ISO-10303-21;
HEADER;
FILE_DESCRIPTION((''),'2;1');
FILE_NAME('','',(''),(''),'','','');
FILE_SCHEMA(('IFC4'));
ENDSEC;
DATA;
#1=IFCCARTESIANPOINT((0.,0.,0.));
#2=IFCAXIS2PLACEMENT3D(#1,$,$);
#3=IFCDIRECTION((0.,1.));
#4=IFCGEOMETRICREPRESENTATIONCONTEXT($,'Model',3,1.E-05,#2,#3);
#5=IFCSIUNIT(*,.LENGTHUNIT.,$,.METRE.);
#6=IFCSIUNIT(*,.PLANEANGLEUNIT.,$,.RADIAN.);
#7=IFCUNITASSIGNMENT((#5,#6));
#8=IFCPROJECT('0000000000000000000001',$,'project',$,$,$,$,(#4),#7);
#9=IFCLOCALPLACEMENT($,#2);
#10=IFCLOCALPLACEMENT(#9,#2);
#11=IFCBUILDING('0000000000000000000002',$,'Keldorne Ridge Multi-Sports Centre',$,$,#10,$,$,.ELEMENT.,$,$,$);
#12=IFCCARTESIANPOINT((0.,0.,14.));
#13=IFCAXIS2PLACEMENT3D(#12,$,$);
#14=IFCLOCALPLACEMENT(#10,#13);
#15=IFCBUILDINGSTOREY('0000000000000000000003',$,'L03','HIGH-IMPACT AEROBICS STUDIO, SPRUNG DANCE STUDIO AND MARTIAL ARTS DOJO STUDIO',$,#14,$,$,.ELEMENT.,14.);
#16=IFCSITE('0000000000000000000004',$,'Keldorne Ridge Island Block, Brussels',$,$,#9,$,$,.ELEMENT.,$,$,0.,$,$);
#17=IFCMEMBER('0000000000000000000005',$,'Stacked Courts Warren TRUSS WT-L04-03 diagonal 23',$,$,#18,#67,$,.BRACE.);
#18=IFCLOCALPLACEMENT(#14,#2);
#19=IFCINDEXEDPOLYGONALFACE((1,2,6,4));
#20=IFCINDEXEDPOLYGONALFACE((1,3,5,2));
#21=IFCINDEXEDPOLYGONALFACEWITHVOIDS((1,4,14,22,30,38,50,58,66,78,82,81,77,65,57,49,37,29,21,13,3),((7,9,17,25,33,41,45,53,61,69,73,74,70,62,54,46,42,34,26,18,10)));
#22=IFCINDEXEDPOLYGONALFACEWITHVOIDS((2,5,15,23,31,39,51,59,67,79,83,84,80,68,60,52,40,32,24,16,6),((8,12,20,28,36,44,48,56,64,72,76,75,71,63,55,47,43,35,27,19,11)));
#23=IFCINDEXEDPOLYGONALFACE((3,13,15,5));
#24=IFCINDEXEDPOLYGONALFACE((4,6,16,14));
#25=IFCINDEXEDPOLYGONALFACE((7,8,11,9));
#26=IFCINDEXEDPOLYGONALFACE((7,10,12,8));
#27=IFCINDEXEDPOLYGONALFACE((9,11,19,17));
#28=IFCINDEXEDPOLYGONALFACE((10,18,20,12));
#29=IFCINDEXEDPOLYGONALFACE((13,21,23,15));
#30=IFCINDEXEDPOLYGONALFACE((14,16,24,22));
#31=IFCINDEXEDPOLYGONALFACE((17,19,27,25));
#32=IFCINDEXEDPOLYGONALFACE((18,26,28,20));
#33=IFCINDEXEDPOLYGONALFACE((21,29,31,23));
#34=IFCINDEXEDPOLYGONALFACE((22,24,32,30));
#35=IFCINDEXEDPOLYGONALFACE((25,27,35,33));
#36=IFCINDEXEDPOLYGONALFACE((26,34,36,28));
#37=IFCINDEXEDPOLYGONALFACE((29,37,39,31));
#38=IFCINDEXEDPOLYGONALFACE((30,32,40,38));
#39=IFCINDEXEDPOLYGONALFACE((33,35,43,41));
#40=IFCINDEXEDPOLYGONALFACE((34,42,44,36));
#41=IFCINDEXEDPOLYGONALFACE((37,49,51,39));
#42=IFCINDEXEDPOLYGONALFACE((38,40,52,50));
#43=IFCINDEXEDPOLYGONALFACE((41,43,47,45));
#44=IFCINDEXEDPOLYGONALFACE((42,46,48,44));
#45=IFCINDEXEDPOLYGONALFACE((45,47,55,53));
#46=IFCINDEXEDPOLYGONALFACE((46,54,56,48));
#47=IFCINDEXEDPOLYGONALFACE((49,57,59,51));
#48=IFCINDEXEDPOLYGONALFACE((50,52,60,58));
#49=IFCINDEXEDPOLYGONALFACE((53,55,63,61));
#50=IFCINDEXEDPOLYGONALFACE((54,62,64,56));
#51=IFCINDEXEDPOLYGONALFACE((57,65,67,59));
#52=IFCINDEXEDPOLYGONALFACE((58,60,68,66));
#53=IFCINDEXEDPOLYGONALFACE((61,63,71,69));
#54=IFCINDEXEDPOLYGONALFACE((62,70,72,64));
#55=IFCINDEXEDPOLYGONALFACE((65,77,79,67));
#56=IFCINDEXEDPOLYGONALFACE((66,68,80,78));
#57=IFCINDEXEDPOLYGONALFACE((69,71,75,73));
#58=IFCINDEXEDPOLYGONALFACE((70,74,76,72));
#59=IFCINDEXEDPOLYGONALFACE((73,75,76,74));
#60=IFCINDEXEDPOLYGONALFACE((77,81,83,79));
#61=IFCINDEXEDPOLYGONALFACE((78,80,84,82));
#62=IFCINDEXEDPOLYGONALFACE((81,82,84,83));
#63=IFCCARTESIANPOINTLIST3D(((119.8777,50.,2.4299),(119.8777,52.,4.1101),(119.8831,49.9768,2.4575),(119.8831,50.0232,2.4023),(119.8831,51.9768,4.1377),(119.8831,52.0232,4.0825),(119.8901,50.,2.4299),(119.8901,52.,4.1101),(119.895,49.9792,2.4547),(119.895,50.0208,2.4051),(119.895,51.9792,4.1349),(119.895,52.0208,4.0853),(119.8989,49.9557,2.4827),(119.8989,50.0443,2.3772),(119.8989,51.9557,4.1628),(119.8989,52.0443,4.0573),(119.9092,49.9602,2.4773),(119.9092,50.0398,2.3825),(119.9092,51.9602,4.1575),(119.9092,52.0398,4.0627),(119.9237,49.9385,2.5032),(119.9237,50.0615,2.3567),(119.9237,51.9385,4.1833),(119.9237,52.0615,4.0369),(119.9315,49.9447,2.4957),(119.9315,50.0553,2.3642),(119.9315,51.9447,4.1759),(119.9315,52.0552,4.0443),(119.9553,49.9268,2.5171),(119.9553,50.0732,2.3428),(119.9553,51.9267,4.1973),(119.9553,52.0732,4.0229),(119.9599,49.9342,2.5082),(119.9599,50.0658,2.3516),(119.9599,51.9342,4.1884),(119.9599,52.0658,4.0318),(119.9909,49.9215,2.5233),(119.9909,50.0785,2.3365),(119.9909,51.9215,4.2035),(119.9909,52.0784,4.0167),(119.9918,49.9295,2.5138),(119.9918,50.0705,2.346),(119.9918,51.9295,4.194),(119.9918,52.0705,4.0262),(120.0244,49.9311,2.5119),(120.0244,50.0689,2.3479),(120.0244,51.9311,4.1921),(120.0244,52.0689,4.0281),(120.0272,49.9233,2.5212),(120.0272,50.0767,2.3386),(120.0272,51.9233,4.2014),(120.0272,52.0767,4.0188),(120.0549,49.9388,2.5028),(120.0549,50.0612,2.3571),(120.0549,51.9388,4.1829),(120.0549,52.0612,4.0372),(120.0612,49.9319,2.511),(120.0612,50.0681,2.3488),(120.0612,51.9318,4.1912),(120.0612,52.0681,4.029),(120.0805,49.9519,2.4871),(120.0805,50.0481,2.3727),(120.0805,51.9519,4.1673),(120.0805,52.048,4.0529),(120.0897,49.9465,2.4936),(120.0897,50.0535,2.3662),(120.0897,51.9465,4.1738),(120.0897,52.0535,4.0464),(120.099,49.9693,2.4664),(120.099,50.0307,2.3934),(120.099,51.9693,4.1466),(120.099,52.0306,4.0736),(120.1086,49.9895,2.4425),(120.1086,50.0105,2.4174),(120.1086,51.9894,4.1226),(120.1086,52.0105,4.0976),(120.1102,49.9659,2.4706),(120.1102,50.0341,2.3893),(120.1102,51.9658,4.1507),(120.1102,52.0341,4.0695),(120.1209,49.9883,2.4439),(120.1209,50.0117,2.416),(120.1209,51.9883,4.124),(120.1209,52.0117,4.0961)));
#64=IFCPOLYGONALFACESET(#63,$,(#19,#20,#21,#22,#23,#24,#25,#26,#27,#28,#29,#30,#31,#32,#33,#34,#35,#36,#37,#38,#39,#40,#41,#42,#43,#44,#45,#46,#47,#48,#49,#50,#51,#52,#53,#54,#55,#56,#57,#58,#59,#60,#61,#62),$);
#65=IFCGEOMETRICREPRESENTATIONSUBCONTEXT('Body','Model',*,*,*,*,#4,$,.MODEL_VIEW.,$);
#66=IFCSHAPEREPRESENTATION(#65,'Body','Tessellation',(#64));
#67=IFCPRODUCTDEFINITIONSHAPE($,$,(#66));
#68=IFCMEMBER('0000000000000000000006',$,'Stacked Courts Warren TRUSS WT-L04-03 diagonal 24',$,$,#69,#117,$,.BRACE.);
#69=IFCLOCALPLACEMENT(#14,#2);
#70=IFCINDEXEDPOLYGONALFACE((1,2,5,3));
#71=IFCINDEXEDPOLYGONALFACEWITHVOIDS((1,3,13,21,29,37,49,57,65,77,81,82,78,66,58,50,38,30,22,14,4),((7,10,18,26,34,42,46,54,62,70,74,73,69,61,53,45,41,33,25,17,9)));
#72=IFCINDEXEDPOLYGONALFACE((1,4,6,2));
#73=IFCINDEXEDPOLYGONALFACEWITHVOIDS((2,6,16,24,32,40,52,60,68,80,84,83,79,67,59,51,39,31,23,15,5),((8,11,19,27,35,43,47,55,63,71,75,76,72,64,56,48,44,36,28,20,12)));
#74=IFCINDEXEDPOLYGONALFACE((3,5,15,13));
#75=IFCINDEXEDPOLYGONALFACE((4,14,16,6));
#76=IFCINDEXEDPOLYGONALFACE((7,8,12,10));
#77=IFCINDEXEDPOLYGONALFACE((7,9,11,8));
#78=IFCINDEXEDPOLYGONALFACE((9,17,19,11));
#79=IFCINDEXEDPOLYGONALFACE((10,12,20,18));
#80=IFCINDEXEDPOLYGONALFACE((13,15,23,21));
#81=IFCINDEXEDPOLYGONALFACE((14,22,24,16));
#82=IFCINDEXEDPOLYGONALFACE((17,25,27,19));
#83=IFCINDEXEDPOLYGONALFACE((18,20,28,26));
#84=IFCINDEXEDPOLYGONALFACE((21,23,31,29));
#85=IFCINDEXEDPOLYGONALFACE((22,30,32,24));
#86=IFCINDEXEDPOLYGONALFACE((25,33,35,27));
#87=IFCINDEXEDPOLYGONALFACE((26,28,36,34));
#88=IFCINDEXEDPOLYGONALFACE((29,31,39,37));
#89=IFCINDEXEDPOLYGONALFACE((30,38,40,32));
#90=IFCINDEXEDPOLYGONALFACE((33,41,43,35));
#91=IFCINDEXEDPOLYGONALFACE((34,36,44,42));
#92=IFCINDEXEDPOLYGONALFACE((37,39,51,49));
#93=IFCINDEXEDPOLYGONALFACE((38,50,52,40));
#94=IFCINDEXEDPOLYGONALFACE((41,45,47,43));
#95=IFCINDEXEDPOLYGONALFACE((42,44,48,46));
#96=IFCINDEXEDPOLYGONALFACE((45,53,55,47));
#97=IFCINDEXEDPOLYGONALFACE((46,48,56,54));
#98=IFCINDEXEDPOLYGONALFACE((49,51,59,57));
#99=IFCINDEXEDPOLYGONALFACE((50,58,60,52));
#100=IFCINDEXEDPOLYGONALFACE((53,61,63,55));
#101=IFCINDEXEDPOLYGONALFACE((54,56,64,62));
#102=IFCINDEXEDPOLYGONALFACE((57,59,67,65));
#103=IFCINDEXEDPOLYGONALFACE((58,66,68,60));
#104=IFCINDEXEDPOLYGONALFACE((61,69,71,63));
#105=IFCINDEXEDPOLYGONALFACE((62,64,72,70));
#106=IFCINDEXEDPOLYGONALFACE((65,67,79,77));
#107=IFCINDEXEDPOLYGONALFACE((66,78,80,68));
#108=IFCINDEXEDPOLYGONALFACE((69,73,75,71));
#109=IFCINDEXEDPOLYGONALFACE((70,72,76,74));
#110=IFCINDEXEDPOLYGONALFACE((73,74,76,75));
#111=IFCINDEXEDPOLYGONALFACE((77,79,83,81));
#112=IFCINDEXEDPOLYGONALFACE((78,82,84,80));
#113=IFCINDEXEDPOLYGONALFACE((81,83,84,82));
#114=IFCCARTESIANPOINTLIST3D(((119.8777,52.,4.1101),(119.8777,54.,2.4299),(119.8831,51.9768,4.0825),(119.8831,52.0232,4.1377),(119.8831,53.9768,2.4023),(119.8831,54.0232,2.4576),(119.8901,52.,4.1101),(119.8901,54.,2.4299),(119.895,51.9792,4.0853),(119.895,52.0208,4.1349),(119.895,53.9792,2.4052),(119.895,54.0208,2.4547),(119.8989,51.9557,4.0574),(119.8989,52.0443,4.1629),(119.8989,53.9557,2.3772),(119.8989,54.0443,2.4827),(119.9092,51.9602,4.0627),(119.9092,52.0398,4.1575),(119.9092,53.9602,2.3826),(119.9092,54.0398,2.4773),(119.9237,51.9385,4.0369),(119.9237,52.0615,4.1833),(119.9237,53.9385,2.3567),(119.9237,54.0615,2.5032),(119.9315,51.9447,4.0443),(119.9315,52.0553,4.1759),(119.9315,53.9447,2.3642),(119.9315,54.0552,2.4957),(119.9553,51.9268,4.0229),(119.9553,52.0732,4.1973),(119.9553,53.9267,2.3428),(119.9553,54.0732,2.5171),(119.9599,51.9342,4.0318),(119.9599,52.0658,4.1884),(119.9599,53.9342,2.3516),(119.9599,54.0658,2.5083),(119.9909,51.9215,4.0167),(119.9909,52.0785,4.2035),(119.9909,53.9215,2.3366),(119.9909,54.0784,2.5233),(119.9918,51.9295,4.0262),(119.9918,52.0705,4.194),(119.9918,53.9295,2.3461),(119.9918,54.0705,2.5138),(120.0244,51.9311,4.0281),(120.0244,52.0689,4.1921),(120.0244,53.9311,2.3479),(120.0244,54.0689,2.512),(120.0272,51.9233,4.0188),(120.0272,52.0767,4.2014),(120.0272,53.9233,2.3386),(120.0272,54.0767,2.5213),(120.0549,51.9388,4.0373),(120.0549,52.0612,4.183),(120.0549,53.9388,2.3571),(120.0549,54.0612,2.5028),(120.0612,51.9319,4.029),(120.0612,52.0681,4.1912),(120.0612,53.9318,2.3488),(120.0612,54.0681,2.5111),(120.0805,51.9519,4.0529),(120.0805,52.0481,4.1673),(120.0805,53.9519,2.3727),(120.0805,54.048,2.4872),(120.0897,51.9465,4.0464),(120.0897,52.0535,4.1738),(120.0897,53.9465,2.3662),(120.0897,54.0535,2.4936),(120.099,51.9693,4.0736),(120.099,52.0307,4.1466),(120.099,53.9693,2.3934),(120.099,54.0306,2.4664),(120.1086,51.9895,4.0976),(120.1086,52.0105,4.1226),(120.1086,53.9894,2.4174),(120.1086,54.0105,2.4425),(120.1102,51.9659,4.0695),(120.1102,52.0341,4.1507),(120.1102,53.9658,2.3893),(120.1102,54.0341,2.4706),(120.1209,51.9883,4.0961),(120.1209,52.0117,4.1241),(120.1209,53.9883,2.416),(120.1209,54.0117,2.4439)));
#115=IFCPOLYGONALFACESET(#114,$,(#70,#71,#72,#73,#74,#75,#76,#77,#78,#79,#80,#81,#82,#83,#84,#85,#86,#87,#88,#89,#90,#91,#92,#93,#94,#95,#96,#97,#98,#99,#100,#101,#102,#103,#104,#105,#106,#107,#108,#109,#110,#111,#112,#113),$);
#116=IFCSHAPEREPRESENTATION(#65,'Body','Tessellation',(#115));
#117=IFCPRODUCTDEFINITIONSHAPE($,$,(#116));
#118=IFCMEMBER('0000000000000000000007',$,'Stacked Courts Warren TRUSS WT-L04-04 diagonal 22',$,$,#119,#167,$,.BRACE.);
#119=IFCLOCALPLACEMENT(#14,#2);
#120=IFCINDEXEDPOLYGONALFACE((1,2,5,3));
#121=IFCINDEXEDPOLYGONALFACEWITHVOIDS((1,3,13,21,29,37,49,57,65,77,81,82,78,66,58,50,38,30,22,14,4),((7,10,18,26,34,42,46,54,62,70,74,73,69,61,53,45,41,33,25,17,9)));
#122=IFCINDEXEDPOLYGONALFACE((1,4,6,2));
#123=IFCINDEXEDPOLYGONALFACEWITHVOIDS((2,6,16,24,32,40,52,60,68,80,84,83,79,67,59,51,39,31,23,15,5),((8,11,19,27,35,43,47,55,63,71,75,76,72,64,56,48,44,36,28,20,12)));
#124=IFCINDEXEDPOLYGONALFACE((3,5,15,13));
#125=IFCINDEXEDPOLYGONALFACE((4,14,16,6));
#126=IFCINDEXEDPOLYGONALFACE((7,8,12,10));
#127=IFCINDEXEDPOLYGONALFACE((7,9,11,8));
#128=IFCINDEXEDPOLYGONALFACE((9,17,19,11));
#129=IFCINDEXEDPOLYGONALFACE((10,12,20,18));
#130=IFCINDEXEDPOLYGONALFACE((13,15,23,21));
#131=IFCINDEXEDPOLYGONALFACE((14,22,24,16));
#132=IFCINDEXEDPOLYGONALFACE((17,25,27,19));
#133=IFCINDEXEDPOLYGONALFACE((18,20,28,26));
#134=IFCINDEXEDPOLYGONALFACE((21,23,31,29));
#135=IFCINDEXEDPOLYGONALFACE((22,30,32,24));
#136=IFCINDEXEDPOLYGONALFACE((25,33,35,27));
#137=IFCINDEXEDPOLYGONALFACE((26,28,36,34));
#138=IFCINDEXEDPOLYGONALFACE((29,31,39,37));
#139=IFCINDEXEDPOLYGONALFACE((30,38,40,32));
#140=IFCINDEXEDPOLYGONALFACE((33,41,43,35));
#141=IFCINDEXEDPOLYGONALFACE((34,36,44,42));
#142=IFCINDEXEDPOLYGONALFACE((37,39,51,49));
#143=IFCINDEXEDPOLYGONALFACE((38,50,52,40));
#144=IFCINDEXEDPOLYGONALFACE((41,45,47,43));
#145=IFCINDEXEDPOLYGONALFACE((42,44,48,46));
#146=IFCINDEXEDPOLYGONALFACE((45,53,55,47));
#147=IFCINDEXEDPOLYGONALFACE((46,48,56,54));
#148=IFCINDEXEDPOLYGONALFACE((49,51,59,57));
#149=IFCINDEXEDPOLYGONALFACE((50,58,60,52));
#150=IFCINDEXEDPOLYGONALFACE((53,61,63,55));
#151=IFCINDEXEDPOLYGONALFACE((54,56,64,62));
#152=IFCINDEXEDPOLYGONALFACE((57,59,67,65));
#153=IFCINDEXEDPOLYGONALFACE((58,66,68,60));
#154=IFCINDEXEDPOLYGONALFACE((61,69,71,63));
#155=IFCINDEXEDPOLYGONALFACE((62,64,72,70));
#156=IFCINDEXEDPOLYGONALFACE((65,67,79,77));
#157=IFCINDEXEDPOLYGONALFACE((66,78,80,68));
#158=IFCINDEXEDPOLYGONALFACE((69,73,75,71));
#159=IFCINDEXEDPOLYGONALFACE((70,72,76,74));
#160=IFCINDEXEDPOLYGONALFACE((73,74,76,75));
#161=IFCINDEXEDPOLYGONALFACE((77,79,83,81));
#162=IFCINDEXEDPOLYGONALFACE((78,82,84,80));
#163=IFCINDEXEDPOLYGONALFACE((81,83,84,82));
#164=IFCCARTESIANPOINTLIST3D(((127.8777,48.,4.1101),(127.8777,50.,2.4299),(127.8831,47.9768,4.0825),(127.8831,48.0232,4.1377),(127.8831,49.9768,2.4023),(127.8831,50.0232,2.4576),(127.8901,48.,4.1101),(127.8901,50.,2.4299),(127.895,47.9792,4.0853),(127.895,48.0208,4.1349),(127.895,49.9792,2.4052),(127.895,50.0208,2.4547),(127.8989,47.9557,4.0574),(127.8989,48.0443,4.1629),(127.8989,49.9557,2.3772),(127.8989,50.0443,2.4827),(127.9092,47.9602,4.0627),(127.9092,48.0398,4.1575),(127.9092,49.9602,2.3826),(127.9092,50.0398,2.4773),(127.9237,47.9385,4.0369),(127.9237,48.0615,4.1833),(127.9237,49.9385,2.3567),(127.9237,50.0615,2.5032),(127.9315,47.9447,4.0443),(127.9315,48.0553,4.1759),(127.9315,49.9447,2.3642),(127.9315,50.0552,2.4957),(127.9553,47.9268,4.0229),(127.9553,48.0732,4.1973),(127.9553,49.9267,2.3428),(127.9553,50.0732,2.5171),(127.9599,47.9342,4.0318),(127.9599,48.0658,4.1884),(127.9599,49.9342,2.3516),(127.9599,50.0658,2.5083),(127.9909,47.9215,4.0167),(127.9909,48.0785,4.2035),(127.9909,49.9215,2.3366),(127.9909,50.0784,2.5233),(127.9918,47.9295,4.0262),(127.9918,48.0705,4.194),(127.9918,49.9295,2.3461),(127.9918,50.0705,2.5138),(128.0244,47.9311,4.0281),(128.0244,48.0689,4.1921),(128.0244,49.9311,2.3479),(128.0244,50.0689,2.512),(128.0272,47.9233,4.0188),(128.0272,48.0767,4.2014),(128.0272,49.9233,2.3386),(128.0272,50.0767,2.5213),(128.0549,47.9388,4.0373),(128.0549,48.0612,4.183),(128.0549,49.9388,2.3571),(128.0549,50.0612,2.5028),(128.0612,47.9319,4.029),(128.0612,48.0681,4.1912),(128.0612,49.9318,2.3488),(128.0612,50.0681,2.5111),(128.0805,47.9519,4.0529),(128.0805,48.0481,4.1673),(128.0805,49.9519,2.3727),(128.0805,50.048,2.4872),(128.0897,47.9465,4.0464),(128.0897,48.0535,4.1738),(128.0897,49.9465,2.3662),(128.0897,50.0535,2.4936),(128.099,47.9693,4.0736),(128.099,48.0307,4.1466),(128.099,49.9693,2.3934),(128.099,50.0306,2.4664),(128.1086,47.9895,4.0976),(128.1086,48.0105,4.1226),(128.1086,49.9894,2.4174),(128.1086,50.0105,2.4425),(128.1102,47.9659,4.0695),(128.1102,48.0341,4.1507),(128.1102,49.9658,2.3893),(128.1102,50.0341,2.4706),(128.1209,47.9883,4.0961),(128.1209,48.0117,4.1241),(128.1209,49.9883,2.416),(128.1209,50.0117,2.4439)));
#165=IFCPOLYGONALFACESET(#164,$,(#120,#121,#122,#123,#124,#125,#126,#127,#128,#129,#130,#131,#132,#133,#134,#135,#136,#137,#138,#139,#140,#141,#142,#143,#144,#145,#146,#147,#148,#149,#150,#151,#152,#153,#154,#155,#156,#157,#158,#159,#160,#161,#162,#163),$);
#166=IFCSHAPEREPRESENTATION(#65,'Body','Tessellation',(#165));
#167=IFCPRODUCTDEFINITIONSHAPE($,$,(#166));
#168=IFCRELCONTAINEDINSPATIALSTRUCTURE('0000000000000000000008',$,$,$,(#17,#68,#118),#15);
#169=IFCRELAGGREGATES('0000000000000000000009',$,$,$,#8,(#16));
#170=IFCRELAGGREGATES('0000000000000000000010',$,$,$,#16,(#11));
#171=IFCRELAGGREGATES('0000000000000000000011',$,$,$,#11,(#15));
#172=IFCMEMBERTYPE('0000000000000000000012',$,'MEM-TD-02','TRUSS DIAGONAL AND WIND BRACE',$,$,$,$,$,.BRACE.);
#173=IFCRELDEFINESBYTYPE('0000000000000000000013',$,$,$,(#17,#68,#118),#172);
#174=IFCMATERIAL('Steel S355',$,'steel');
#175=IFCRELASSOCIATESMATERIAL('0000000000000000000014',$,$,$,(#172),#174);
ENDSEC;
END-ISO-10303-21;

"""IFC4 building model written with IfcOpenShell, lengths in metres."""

from ifc_helpers import new_model, si_unit, direction, frame, origin, origin_2d, place, context, subcontext, project, spatial, hollow_circle, extrude, material, material_profile, profile_set, type_object, element, save


model = new_model("IFC4")

# Units and contexts
model_context = context("Model", 3, precision=1e-05, world=origin(), true_north=direction((0.0, 1.0)))
body_context = subcontext(model_context, "Body", "Model", "MODEL_VIEW")
ifc_project = project(units=[si_unit("LENGTHUNIT", "METRE"), si_unit("PLANEANGLEUNIT", "RADIAN")], contexts=[model_context])

# Site, building, storey
site_placement = place(None, origin())
site = spatial("IfcSite", under=ifc_project, at=site_placement, Name="Keldorne Ridge Island Block, Brussels", CompositionType="ELEMENT", RefElevation=0.0)
building_placement = place(site_placement, origin())
building = spatial("IfcBuilding", under=site, at=building_placement, Name="Keldorne Ridge Multi-Sports Centre", CompositionType="ELEMENT")
storey_placement = place(building_placement, frame((0.0, 0.0, 14.0)))
storey = spatial("IfcBuildingStorey", under=building, at=storey_placement, Name="L03", Description="HIGH-IMPACT AEROBICS STUDIO, SPRUNG DANCE STUDIO AND MARTIAL ARTS DOJO STUDIO", CompositionType="ELEMENT", Elevation=14.0)

# Shared definitions
ifc_material_1 = material(Name="Steel S355", Category="steel")

# Members
ifc_material_profile_1 = material_profile(ifc_material_1, hollow_circle(Radius=0.1223, WallThickness=0.0125, at=origin_2d()), Name="CHS 244.5x12.5")
ifc_profile_set_1 = profile_set([ifc_material_profile_1], Name="Steel S355")
member_type_1 = type_object("IfcMemberType", Name="MEM-TD-02", Description="TRUSS DIAGONAL AND WIND BRACE", PredefinedType="BRACE", material=ifc_profile_set_1)
for number, where, z_axis, x_axis, name in (
    (1, (120.0, 50.0, 2.4299), (0.0, 0.765672, 0.643232), (-1.0, 0.0, 0.0), "Stacked Courts Warren TRUSS WT-L04-03 diagonal 23"),
    (2, (120.0, 52.0, 4.1101), (0.0, 0.765672, -0.643232), (-1.0, 0.0, 0.0), "Stacked Courts Warren TRUSS WT-L04-03 diagonal 24"),
    (3, (128.0, 48.0, 4.1101), (0.0, 0.765672, -0.643232), (-1.0, 0.0, 0.0), "Stacked Courts Warren TRUSS WT-L04-04 diagonal 22"),
):
    element("IfcMember", number, at=place(storey_placement, frame(where, z_axis=z_axis, x_axis=x_axis)), inside=storey, type_object=member_type_1, Name=name, PredefinedType="BRACE", context=body_context, shape_type="SweptSolid", body=[
        extrude(hollow_circle(Radius=0.1223, WallThickness=0.0125, at=origin_2d()), origin(), (0.0, 0.0, 1.0), 2.6121),
    ])

save(model, "model.ifc")
